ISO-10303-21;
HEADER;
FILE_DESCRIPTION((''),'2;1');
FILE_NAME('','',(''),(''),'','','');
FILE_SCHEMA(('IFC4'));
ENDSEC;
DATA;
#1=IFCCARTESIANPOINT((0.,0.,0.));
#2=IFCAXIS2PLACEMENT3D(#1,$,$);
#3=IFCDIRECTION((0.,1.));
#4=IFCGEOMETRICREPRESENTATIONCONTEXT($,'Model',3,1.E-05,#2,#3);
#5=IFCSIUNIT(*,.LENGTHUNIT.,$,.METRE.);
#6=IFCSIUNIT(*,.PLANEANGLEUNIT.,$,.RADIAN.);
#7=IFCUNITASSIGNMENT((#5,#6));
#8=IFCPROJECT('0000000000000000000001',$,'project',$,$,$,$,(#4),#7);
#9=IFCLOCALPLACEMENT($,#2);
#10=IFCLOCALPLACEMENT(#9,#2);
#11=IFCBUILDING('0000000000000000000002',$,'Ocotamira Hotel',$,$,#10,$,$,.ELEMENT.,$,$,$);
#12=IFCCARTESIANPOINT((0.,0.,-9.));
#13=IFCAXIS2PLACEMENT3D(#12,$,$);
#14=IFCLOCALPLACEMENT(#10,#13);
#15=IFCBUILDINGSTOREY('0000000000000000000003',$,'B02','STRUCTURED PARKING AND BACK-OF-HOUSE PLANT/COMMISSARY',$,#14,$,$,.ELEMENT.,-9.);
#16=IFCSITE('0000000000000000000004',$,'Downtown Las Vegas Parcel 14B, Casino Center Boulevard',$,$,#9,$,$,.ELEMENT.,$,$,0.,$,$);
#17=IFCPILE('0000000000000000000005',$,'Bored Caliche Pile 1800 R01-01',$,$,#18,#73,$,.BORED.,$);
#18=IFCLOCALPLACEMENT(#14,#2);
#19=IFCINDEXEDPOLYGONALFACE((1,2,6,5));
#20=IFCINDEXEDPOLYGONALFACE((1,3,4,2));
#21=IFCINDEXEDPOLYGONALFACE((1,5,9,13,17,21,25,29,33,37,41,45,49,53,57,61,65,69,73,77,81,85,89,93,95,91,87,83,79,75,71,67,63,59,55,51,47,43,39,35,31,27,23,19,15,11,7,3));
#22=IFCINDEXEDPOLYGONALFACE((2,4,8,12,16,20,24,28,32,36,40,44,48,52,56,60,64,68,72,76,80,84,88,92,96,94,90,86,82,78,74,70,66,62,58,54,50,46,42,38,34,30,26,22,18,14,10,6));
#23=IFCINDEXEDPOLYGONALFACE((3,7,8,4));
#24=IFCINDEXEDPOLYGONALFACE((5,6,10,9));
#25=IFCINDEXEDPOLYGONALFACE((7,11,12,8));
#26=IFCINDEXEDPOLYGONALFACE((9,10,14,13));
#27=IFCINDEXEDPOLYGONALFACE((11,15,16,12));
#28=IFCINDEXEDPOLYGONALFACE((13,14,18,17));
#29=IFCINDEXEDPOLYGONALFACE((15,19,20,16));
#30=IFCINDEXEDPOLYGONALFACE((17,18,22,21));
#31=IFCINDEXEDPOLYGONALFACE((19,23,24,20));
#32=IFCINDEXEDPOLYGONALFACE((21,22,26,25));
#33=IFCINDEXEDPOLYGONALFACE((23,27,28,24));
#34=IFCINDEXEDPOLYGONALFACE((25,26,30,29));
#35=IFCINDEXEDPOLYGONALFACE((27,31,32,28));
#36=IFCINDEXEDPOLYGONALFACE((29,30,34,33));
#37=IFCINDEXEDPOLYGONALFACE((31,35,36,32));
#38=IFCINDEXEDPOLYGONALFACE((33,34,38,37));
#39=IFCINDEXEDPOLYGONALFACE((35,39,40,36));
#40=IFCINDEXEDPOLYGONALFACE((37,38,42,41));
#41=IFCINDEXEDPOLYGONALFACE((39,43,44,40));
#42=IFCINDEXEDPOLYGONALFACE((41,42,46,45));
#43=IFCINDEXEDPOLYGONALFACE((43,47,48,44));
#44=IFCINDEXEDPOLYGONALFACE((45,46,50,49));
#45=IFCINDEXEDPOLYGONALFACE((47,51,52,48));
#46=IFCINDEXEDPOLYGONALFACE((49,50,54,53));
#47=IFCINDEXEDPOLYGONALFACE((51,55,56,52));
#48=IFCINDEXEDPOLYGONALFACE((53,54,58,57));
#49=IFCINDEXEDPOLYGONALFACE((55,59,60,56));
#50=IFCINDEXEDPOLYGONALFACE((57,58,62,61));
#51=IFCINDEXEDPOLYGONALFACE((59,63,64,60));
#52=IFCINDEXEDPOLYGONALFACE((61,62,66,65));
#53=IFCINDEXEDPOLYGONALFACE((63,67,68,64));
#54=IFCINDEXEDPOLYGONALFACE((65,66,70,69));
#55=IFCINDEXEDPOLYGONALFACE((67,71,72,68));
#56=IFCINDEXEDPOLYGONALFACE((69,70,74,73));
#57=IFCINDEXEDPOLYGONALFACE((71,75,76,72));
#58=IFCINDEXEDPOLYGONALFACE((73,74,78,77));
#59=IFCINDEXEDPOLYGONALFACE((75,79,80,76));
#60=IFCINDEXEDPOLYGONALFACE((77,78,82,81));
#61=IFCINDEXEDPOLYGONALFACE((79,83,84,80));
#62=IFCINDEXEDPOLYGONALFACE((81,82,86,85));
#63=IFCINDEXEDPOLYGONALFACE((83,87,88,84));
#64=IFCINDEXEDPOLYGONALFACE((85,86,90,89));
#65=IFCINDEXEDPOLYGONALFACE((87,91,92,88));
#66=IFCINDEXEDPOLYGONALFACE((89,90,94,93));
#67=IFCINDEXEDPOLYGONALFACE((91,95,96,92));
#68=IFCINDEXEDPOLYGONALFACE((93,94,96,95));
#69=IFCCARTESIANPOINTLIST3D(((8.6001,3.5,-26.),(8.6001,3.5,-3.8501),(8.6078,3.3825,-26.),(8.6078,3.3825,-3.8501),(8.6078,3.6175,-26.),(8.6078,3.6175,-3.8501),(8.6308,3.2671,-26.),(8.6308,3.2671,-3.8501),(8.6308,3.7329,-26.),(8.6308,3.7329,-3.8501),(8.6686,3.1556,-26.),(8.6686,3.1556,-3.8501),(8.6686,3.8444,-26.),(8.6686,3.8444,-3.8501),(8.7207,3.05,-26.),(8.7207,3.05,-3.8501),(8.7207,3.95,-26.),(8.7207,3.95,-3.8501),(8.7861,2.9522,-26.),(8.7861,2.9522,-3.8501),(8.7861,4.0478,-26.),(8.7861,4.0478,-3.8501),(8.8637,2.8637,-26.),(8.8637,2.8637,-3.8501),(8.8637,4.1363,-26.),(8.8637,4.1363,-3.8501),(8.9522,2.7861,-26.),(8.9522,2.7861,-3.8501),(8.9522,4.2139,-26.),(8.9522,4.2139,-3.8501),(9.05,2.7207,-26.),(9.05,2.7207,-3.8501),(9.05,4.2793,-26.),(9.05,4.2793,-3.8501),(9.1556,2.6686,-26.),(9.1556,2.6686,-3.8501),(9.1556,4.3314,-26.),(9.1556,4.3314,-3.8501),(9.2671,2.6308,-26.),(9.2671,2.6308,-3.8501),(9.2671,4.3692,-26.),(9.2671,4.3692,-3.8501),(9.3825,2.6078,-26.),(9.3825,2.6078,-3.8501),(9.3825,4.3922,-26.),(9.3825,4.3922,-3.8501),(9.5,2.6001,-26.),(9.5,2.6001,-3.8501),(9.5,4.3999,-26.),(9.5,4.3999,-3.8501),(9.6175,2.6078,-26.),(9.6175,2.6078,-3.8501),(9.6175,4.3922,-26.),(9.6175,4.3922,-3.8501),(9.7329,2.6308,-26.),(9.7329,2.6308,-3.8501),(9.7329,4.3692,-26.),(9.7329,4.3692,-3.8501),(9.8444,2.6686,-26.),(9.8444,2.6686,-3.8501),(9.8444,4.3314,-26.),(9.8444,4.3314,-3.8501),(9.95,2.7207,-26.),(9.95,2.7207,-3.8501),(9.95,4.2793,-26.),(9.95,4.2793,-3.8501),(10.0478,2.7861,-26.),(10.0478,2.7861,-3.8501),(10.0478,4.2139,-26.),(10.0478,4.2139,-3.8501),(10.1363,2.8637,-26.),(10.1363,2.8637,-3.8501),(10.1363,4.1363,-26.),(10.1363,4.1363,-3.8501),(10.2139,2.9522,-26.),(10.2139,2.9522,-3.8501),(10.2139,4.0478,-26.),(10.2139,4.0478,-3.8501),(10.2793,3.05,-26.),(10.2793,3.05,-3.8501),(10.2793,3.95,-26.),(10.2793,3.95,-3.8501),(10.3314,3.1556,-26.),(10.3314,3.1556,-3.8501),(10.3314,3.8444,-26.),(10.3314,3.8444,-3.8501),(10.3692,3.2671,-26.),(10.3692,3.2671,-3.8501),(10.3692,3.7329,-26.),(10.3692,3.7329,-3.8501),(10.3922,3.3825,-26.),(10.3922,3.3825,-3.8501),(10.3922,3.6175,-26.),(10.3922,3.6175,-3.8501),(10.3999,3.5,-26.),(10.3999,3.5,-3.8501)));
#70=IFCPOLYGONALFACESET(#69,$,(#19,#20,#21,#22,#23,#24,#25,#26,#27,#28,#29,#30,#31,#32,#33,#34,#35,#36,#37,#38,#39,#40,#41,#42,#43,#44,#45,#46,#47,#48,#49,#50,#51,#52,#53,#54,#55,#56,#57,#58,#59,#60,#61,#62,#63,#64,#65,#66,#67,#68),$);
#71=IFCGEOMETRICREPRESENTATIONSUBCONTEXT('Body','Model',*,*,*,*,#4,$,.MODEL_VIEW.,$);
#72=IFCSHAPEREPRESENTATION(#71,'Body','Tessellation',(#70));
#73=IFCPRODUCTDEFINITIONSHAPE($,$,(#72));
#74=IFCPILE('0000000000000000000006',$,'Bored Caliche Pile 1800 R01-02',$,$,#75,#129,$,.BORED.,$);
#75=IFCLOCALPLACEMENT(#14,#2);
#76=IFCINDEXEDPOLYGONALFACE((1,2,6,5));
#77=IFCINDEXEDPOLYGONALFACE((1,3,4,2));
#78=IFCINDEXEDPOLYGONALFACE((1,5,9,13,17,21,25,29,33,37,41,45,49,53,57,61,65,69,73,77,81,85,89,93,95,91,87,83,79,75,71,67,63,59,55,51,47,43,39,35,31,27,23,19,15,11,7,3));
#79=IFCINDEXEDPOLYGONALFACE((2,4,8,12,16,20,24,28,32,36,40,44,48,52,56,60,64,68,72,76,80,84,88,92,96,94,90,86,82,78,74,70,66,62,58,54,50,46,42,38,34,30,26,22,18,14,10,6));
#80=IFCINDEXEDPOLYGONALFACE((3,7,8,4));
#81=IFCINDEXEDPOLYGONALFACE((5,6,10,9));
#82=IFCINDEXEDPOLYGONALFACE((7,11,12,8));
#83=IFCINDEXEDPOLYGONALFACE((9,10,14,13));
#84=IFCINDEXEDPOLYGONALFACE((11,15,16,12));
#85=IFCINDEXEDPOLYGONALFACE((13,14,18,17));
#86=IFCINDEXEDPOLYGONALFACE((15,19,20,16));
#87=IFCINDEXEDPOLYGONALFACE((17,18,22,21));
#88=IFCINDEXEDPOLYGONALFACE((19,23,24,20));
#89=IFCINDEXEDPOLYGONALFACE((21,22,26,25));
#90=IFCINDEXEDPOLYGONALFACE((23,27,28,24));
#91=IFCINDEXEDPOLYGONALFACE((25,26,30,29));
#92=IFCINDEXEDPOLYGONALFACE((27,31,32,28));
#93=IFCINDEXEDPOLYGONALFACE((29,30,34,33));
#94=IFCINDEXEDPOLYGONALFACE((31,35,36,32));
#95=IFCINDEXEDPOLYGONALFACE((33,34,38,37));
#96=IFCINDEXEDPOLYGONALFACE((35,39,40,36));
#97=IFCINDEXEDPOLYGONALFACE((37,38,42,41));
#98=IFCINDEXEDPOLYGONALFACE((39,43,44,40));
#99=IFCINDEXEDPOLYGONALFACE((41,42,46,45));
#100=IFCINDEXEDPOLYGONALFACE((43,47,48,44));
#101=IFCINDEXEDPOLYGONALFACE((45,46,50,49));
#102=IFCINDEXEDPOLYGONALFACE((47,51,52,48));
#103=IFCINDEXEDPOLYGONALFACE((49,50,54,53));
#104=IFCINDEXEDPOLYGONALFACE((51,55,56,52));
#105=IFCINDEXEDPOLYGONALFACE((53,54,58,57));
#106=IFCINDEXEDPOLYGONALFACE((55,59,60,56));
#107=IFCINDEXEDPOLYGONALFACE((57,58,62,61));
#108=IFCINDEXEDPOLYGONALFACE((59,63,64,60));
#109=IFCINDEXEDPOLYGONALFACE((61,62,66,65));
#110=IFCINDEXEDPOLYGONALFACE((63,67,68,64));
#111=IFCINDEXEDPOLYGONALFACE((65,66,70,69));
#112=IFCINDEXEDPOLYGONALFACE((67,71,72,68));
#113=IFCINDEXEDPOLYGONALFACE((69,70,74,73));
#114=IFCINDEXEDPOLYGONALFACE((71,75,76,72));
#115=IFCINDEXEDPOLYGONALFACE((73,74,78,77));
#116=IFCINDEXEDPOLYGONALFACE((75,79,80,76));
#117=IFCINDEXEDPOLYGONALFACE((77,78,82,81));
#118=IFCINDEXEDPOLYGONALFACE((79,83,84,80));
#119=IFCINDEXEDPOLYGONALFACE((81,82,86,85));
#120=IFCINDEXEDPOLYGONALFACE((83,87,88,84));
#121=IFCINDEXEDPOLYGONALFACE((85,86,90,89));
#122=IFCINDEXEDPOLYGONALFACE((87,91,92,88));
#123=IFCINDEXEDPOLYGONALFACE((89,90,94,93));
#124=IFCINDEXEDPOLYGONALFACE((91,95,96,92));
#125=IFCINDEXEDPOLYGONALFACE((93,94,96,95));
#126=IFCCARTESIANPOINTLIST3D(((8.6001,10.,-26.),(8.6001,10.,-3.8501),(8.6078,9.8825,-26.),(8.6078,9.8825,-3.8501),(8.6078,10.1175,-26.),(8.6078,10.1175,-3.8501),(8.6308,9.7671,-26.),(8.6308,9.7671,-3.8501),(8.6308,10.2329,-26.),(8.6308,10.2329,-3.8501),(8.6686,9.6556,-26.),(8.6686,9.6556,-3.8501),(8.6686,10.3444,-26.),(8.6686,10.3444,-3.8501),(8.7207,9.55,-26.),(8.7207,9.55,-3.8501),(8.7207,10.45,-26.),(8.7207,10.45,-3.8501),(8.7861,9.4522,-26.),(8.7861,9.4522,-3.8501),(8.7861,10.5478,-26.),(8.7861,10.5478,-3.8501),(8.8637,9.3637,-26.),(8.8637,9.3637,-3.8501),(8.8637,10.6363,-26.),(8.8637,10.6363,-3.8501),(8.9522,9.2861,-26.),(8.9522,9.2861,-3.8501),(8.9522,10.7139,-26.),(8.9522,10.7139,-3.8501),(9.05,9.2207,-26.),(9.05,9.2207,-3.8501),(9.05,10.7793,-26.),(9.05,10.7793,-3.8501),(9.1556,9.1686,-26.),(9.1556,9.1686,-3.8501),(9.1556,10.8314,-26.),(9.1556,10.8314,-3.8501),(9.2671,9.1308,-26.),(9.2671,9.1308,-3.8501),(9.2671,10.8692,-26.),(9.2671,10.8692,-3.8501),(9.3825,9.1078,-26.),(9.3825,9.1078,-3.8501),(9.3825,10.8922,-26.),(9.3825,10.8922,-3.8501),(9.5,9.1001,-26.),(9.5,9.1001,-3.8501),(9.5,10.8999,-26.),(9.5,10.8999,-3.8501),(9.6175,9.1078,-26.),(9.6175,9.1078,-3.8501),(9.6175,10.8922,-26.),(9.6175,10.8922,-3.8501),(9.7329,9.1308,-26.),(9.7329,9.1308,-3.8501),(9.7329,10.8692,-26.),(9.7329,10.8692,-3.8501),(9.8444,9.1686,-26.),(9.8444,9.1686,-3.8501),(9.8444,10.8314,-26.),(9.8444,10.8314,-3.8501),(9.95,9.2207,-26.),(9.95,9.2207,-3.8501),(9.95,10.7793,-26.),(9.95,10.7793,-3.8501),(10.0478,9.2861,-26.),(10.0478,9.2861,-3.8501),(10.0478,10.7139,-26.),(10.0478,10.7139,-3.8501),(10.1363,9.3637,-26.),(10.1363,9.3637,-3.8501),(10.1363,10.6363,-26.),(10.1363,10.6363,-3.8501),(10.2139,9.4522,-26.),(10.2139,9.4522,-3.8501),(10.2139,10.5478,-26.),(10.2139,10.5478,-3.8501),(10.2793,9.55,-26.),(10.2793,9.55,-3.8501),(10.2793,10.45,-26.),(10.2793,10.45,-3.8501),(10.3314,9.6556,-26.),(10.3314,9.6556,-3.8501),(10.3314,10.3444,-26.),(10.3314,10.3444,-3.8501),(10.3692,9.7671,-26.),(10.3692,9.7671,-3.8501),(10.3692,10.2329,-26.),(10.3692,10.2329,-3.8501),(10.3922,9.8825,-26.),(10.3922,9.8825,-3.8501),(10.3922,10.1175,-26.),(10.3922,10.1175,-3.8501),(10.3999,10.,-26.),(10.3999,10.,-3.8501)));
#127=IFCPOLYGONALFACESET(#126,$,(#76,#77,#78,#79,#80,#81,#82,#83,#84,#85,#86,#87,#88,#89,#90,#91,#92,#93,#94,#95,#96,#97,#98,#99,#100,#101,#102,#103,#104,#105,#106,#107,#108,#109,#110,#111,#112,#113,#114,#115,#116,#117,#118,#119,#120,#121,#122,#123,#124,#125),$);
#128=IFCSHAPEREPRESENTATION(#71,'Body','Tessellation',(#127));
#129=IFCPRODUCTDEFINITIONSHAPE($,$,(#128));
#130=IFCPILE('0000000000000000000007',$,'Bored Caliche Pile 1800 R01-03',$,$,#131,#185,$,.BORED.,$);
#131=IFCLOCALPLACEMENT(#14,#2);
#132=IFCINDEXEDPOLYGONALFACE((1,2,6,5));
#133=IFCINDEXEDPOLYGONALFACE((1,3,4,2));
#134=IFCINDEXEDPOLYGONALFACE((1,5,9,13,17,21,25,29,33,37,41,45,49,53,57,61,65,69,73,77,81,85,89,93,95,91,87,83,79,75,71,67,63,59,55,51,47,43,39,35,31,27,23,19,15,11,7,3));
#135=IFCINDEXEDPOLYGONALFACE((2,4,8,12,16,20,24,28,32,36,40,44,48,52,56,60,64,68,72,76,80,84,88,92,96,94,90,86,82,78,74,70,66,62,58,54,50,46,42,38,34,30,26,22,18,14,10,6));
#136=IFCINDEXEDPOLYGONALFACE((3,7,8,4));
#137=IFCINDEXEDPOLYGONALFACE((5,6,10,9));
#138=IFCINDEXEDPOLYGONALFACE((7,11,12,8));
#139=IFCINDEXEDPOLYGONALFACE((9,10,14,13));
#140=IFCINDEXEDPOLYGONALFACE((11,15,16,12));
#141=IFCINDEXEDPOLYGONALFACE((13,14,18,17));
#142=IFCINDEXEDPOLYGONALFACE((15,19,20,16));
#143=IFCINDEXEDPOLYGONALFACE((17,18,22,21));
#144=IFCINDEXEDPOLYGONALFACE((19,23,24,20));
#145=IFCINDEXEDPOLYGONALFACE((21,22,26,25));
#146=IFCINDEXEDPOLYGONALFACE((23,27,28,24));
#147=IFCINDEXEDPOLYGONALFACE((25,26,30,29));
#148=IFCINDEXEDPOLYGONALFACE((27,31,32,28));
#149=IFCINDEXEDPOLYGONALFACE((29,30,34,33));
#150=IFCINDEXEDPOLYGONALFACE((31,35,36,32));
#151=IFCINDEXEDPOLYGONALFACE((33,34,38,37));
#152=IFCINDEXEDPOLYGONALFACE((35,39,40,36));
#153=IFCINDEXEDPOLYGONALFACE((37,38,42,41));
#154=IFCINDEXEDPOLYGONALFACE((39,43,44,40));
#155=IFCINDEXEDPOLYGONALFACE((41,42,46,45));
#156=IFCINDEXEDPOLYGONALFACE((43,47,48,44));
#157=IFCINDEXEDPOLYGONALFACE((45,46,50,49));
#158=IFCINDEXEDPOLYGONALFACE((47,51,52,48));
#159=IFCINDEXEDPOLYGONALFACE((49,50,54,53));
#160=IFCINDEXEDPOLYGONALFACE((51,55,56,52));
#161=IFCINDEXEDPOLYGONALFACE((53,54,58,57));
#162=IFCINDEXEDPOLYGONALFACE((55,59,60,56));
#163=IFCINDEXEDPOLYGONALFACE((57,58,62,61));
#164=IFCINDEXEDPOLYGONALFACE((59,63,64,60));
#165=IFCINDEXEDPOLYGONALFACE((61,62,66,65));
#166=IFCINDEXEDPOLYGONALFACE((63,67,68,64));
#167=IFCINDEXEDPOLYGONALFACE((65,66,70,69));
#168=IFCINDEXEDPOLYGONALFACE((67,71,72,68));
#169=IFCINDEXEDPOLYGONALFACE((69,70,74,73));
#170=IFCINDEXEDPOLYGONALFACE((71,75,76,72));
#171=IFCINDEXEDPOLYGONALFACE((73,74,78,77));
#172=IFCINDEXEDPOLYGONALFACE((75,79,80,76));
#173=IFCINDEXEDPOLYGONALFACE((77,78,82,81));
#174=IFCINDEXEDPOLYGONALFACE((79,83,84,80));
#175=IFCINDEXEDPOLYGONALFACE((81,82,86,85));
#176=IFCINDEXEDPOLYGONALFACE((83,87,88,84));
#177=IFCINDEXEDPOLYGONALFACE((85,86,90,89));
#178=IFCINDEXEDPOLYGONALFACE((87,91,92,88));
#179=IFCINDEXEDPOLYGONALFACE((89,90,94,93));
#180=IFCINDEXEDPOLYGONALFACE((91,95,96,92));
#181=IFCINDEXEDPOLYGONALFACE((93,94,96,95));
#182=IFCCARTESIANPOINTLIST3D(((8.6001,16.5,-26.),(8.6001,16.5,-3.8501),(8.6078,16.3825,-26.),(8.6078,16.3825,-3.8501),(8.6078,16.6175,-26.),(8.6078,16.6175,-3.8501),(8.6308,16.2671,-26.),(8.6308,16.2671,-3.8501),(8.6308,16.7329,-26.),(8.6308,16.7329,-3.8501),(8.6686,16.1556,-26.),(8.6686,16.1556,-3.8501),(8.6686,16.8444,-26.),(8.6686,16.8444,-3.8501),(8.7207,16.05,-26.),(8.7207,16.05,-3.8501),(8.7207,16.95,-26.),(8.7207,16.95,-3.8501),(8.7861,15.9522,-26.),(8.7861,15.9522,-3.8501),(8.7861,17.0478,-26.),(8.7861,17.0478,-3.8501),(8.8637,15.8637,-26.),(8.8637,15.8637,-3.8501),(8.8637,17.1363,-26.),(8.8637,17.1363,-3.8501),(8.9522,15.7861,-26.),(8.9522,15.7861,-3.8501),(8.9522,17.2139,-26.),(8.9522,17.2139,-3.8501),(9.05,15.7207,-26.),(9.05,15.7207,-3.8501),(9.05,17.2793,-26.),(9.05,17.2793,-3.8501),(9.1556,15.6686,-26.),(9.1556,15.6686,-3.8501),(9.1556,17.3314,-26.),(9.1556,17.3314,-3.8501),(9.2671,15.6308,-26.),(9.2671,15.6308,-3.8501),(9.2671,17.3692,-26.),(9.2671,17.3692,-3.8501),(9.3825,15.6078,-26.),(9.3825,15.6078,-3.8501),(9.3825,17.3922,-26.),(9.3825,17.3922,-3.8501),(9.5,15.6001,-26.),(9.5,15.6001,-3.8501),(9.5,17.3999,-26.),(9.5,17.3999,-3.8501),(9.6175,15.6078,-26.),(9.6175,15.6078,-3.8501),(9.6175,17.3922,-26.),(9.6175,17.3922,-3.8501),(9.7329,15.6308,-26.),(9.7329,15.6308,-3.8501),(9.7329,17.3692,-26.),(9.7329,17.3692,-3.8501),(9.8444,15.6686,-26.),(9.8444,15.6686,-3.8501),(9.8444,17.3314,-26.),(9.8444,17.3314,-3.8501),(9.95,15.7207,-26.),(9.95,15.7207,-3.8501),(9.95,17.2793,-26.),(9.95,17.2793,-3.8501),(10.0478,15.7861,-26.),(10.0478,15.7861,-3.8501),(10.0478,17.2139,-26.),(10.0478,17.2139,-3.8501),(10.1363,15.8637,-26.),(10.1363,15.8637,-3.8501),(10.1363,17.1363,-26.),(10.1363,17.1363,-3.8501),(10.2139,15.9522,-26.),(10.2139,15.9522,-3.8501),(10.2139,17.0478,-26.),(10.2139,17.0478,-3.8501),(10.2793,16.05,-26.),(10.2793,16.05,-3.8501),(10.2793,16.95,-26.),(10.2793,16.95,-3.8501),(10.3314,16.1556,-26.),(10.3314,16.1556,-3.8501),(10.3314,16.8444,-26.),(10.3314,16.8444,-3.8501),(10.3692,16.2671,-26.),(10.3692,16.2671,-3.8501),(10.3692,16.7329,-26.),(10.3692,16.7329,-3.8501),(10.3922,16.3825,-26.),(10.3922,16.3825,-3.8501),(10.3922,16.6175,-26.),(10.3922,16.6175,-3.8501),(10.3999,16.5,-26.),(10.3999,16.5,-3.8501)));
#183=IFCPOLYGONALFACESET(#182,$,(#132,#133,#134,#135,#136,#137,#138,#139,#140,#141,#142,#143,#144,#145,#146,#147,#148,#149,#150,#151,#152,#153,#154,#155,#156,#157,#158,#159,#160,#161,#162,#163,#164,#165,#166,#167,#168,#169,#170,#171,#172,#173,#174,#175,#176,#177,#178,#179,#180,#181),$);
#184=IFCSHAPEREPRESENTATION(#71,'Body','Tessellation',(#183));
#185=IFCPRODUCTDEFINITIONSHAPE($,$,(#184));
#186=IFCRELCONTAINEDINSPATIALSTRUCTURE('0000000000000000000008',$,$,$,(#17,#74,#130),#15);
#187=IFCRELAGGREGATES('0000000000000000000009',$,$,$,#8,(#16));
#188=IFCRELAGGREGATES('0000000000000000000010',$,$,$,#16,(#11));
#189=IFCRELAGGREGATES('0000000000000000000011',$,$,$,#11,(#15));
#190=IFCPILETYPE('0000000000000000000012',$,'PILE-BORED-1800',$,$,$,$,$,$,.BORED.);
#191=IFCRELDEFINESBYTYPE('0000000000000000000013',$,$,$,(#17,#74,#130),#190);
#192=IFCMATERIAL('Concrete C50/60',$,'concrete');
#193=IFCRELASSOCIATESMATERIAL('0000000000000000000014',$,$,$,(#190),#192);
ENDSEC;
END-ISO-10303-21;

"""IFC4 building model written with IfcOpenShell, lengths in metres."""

from ifc_helpers import new_model, si_unit, direction, frame, origin, origin_2d, place, context, subcontext, project, spatial, circle, extrude, source, transform, mapped, material, material_profile, profile_set, type_object, element, save


model = new_model("IFC4")

# Units and contexts
model_context = context("Model", 3, precision=1e-05, world=origin(), true_north=direction((0.0, 1.0)))
body_context = subcontext(model_context, "Body", "Model", "MODEL_VIEW")
ifc_project = project(units=[si_unit("LENGTHUNIT", "METRE"), si_unit("PLANEANGLEUNIT", "RADIAN")], contexts=[model_context])

# Site, building, storey
site_placement = place(None, origin())
site = spatial("IfcSite", under=ifc_project, at=site_placement, Name="Downtown Las Vegas Parcel 14B, Casino Center Boulevard", CompositionType="ELEMENT", RefElevation=0.0)
building_placement = place(site_placement, origin())
building = spatial("IfcBuilding", under=site, at=building_placement, Name="Ocotamira Hotel", CompositionType="ELEMENT")
storey_placement = place(building_placement, frame((0.0, 0.0, -9.0)))
storey = spatial("IfcBuildingStorey", under=building, at=storey_placement, Name="B02", Description="STRUCTURED PARKING AND BACK-OF-HOUSE PLANT/COMMISSARY", CompositionType="ELEMENT", Elevation=-9.0)

# Piles
ifc_material_1 = material(Name="Concrete C50/60", Category="concrete")
ifc_material_profile_1 = material_profile(ifc_material_1, circle(Radius=0.8999, at=origin_2d()), Name="PILE1800")
ifc_profile_set_1 = profile_set([ifc_material_profile_1], Name="Concrete C50/60")
pile_type = type_object("IfcPileType", Name="PILE-BORED-1800", PredefinedType="BORED", material=ifc_profile_set_1)
shared_shape_1 = source(origin(), body_context, "Body", "SweptSolid", [
    extrude(circle(Radius=0.8999, at=origin_2d()), origin(), (0.0, 0.0, 1.0), 22.1499),
])
for number, where, z_axis, x_axis, name in (
    (1, (9.5, 3.5, -3.8501), (0.0, 0.0, -1.0), (1.0, 0.0, 0.0), "Bored Caliche Pile 1800 R01-01"),
    (2, (9.5, 10.0, -3.8501), (0.0, 0.0, -1.0), (1.0, 0.0, 0.0), "Bored Caliche Pile 1800 R01-02"),
    (3, (9.5, 16.5, -3.8501), (0.0, 0.0, -1.0), (1.0, 0.0, 0.0), "Bored Caliche Pile 1800 R01-03"),
):
    element("IfcPile", number, at=place(storey_placement, frame(where, z_axis=z_axis, x_axis=x_axis)), inside=storey, type_object=pile_type, Name=name, PredefinedType="BORED", context=body_context, shape_type="MappedRepresentation", body=[
        mapped(shared_shape_1, transform((0.0, 0.0, 0.0), scale=1.0)),
    ])

save(model, "model.ifc")
